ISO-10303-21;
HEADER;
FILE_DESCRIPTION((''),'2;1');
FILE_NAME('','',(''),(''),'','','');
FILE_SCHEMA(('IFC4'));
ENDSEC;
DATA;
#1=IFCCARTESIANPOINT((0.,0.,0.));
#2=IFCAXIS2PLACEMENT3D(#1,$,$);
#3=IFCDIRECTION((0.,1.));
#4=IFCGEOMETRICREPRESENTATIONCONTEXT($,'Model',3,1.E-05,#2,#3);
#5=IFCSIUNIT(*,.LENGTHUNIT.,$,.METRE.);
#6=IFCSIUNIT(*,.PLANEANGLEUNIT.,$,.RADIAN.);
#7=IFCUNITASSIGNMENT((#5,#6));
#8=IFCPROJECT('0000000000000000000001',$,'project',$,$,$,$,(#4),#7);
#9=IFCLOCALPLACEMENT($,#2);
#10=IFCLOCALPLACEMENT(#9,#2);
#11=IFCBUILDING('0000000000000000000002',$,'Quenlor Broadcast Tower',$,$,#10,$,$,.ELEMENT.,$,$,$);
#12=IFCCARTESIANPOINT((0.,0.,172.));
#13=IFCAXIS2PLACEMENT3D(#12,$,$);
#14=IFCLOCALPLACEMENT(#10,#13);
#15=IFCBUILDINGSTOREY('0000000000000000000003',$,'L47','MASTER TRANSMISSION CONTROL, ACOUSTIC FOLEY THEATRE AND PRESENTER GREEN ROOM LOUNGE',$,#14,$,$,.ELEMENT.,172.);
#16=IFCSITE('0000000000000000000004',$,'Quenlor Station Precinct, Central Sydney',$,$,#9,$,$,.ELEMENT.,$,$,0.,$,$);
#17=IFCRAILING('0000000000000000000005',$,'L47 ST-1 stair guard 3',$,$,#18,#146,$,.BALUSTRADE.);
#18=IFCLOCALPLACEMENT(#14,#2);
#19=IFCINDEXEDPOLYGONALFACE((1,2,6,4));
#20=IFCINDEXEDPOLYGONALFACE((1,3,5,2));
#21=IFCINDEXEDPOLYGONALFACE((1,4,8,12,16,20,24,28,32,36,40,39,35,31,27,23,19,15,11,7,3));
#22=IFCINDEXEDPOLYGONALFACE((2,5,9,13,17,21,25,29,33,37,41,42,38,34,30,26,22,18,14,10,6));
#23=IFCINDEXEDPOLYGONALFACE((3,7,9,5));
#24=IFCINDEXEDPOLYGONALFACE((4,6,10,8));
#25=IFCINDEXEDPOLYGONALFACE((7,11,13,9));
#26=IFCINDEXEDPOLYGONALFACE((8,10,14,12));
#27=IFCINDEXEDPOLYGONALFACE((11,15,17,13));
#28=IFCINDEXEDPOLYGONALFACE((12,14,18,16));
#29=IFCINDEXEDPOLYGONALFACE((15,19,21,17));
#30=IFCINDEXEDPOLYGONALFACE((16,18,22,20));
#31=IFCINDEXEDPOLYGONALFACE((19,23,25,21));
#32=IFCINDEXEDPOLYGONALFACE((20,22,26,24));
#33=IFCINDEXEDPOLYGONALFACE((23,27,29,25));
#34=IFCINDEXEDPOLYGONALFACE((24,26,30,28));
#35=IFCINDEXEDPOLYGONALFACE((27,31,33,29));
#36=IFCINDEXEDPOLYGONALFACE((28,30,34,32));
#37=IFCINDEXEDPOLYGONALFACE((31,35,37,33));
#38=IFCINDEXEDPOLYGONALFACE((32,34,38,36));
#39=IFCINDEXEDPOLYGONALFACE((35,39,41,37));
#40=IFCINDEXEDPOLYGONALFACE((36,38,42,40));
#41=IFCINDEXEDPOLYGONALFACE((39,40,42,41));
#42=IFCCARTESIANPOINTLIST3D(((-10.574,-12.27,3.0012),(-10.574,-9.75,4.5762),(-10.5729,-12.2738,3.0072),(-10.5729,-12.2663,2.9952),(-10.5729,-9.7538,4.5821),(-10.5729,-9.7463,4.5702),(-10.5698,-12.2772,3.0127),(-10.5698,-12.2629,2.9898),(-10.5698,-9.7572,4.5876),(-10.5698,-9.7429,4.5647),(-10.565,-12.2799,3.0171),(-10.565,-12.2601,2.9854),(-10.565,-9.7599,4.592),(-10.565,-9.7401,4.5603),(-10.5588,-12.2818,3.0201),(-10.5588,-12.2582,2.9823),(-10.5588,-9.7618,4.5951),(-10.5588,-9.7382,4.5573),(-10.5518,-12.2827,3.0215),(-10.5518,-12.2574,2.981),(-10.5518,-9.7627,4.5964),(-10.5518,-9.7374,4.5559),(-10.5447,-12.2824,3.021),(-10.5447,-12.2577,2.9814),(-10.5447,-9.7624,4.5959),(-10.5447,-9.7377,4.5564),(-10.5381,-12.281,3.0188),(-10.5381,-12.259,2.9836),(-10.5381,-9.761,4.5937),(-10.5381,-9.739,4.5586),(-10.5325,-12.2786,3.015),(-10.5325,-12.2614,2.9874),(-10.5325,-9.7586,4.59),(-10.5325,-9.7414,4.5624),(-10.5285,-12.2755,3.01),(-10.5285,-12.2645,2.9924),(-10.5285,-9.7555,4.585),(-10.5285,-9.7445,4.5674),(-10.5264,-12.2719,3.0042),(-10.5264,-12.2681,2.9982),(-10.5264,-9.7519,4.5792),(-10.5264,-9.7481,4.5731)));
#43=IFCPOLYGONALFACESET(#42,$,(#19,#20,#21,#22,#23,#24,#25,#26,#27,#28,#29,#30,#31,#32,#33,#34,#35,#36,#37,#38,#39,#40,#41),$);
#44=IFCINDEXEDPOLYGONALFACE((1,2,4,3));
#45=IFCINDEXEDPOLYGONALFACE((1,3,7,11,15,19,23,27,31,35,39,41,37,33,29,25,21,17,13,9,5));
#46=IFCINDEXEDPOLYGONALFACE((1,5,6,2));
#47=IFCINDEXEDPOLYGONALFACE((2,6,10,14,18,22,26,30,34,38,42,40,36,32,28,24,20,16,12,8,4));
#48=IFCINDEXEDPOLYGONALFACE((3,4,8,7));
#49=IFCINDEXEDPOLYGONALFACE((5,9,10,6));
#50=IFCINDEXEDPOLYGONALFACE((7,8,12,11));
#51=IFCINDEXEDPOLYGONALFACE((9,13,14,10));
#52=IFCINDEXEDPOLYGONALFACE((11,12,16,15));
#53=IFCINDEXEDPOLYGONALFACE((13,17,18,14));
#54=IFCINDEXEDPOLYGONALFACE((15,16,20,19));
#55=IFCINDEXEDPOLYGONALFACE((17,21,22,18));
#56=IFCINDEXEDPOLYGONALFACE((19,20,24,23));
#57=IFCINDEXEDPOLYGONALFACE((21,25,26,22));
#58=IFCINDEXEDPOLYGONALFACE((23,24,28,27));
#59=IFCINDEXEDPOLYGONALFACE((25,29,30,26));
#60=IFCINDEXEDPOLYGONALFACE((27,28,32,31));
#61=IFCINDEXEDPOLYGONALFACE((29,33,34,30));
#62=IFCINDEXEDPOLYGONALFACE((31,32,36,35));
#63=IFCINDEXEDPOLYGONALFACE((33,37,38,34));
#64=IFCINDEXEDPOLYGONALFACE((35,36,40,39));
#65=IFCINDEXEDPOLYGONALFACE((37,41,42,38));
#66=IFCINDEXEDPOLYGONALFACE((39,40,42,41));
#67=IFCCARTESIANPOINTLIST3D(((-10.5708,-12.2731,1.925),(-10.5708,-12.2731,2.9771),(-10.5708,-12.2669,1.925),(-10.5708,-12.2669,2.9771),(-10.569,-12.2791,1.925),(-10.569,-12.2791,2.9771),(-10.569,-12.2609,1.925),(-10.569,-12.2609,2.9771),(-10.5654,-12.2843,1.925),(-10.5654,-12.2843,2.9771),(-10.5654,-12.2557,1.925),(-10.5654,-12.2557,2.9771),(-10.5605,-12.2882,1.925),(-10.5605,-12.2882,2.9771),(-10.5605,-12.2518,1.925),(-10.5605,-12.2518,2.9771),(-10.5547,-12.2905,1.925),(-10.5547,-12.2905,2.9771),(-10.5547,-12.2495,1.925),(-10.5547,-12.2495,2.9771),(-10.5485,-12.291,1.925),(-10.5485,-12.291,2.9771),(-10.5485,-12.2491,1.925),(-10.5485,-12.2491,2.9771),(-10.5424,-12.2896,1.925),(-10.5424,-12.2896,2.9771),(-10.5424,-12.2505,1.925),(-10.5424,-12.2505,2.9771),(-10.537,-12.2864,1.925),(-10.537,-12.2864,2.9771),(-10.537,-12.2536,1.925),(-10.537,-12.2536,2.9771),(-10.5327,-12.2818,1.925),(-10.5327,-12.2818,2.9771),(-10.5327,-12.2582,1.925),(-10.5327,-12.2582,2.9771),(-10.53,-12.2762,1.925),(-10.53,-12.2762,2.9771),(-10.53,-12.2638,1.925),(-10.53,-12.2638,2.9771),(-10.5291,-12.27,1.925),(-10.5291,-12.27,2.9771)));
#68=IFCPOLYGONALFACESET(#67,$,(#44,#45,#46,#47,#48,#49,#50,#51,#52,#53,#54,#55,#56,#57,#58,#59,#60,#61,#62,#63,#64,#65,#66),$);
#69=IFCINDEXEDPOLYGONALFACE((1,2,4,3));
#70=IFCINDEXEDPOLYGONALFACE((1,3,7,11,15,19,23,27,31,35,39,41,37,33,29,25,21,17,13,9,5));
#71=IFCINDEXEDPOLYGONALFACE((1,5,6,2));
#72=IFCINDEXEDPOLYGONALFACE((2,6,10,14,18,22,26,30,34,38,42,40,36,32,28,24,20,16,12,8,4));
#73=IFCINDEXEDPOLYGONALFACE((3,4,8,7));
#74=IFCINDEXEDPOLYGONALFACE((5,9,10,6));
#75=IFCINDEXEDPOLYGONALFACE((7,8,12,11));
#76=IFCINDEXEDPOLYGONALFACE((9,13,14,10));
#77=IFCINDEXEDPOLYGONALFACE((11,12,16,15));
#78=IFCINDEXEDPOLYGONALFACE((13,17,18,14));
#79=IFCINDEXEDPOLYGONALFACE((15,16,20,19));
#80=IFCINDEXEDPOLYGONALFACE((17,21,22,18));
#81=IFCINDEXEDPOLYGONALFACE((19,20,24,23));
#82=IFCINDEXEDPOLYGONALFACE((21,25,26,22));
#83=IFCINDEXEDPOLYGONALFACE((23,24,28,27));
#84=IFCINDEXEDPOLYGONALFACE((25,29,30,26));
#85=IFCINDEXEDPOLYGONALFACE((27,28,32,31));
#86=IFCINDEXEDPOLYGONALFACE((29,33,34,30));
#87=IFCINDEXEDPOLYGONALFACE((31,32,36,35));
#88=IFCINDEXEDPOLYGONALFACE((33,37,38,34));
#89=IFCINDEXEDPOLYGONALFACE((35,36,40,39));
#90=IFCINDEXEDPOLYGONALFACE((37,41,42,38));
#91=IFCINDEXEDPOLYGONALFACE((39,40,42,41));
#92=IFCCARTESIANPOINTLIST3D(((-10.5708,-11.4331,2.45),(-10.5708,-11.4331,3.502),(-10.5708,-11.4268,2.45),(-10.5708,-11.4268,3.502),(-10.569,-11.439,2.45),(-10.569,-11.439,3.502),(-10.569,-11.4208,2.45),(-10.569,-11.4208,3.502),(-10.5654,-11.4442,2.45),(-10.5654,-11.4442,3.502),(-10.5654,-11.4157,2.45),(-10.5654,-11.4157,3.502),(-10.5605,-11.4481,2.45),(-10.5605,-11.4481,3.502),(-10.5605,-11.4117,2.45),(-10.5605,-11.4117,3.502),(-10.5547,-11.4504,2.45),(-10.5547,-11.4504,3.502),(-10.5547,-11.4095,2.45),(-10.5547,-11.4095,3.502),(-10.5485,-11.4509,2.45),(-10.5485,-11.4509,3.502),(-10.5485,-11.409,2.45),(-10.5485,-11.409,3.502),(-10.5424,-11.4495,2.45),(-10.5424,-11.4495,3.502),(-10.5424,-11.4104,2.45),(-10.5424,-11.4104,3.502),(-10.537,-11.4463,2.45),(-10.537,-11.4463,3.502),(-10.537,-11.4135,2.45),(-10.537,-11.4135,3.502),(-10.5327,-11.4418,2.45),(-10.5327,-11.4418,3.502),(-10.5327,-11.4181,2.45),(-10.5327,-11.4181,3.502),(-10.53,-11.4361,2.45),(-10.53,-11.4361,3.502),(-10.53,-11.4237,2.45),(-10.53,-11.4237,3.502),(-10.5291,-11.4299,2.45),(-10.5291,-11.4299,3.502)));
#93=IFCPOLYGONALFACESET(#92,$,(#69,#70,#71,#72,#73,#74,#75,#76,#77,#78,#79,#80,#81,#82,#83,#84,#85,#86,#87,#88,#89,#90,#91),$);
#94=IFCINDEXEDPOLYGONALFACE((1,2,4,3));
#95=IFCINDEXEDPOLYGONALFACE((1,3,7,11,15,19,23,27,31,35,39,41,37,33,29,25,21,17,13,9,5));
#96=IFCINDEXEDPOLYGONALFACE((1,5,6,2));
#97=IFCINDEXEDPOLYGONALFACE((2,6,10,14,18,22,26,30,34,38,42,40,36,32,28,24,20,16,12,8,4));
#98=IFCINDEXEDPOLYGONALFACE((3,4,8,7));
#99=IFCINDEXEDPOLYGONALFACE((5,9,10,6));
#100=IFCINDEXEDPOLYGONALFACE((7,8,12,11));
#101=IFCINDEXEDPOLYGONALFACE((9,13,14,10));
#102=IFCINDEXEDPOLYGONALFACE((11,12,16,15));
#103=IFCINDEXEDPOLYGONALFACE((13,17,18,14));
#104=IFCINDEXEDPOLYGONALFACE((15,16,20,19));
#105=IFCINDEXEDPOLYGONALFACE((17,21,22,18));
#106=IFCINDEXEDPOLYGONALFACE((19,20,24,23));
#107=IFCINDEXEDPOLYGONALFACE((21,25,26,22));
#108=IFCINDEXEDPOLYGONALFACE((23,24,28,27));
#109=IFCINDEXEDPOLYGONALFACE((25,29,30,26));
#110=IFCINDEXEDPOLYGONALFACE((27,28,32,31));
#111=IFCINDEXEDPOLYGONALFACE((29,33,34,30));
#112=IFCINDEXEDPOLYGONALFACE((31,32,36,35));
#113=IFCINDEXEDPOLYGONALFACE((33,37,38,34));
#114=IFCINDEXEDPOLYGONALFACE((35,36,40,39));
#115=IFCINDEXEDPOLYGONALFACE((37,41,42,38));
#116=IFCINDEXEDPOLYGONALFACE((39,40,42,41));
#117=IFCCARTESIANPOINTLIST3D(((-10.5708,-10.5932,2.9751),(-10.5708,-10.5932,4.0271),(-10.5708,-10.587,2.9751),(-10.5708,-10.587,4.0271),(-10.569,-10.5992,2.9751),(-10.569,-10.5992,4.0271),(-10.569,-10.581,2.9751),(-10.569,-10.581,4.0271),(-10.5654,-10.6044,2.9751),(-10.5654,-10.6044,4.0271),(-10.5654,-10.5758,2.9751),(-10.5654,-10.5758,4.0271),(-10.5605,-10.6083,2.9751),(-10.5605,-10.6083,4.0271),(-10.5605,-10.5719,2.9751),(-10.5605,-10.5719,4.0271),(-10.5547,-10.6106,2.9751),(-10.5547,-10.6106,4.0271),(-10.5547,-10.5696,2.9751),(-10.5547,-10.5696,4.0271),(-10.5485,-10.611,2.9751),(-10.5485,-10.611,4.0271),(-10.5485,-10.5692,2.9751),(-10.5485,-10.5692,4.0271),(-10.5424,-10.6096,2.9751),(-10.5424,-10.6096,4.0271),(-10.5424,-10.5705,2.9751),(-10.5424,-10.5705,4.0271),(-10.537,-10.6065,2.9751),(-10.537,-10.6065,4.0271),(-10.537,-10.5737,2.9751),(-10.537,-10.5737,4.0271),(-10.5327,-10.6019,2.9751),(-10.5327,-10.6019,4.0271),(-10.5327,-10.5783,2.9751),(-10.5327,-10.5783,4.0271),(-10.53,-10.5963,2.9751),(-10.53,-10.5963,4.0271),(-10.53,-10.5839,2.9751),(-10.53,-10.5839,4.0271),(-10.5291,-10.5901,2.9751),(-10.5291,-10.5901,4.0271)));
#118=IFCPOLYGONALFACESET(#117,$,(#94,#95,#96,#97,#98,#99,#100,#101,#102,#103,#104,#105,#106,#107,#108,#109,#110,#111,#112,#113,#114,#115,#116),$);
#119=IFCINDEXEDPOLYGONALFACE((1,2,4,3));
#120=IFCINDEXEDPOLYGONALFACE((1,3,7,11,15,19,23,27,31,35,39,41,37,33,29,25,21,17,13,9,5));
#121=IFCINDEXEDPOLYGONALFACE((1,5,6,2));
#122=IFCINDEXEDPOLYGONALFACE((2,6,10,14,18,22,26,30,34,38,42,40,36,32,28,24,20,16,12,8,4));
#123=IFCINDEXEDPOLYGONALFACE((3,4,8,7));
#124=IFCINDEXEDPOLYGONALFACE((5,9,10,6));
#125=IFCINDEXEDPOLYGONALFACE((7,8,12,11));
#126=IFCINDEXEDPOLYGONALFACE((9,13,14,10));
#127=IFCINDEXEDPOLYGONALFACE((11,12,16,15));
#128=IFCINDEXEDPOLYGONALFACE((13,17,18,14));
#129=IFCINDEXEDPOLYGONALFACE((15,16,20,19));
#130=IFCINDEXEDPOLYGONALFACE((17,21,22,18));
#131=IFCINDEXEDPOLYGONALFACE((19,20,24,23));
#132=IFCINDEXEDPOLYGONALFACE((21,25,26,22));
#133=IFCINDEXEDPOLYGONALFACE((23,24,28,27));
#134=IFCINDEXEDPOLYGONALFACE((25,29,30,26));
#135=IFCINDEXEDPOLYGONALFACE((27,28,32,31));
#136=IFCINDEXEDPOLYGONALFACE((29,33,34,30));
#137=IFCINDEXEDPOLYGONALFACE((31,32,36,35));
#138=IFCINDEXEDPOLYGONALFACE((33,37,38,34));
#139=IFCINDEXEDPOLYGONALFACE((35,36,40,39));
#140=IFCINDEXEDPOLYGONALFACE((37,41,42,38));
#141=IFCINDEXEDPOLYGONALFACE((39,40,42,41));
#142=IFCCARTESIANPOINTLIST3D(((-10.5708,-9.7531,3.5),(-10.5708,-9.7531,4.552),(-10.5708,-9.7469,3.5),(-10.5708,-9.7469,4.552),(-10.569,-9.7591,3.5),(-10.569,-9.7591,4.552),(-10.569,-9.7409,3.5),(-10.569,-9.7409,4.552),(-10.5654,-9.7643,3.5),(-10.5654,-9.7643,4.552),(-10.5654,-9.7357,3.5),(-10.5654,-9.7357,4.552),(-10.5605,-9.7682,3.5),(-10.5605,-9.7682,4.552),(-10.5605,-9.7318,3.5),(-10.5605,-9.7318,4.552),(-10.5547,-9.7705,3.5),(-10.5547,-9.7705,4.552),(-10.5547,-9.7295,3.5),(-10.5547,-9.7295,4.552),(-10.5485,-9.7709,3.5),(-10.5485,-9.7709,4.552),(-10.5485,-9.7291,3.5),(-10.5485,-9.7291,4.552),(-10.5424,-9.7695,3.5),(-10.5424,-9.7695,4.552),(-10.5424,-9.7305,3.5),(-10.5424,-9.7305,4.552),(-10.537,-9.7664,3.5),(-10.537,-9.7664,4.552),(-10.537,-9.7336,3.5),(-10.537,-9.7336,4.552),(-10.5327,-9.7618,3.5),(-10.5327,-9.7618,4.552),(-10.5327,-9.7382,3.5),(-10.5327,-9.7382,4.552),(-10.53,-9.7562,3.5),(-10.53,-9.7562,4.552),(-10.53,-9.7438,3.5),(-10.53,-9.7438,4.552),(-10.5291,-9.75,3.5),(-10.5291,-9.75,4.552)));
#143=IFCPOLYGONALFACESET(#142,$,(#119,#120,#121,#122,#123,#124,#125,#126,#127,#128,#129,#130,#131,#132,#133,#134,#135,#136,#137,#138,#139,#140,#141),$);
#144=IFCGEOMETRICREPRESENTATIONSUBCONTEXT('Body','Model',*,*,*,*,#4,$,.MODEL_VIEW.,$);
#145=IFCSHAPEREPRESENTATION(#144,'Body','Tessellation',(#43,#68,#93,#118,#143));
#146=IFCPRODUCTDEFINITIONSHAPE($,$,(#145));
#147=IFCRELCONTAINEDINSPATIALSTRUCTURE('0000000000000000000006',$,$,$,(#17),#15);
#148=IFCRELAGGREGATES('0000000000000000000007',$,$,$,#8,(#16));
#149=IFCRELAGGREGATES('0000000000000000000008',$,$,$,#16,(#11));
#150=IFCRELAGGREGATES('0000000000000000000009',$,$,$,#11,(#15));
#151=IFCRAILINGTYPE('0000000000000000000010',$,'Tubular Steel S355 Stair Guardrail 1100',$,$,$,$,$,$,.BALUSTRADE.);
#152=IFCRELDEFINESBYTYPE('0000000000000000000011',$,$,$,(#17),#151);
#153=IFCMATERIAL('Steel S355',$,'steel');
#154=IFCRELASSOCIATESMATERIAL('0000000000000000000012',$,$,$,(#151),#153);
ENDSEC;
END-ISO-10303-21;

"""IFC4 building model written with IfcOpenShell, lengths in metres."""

from ifc_helpers import new_model, si_unit, direction, frame, origin, origin_2d, place, context, subcontext, project, spatial, circle, extrude, material, type_object, element, save


model = new_model("IFC4")

# Units and contexts
model_context = context("Model", 3, precision=1e-05, world=origin(), true_north=direction((0.0, 1.0)))
body_context = subcontext(model_context, "Body", "Model", "MODEL_VIEW")
ifc_project = project(units=[si_unit("LENGTHUNIT", "METRE"), si_unit("PLANEANGLEUNIT", "RADIAN")], contexts=[model_context])

# Site, building, storey
site_placement = place(None, origin())
site = spatial("IfcSite", under=ifc_project, at=site_placement, Name="Quenlor Station Precinct, Central Sydney", CompositionType="ELEMENT", RefElevation=0.0)
building_placement = place(site_placement, origin())
building = spatial("IfcBuilding", under=site, at=building_placement, Name="Quenlor Broadcast Tower", CompositionType="ELEMENT")
storey_placement = place(building_placement, frame((0.0, 0.0, 172.0)))
storey = spatial("IfcBuildingStorey", under=building, at=storey_placement, Name="L47", Description="MASTER TRANSMISSION CONTROL, ACOUSTIC FOLEY THEATRE AND PRESENTER GREEN ROOM LOUNGE", CompositionType="ELEMENT", Elevation=172.0)

# Railing
ifc_material_1 = material(Name="Steel S355", Category="steel")
railing_type_1 = type_object("IfcRailingType", Name="Tubular Steel S355 Stair Guardrail 1100", PredefinedType="BALUSTRADE", material=ifc_material_1)
railing_1_placement = place(storey_placement, frame((-10.55, -12.27, 1.925)))
element("IfcRailing", 1, at=railing_1_placement, inside=storey, type_object=railing_type_1, Name="L47 ST-1 stair guard 3", PredefinedType="BALUSTRADE", context=body_context, shape_type="SweptSolid", body=[
    extrude(circle(Radius=0.0239, at=origin_2d()), frame((0.0, 0.0, 1.0762), z_axis=(0.0, 0.848008, 0.529984), x_axis=(-1.0, 0.0, 0.0)), (0.0, 0.0, 1.0), 2.9717),
    extrude(circle(Radius=0.021, at=origin_2d()), origin(), (0.0, 0.0, 1.0), 1.052),
    extrude(circle(Radius=0.021, at=origin_2d()), frame((0.0, 0.8401, 0.5249)), (0.0, 0.0, 1.0), 1.052),
    extrude(circle(Radius=0.021, at=origin_2d()), frame((0.0, 1.6799, 1.05)), (0.0, 0.0, 1.0), 1.052),
    extrude(circle(Radius=0.021, at=origin_2d()), frame((0.0, 2.52, 1.575)), (0.0, 0.0, 1.0), 1.052),
])

save(model, "model.ifc")
